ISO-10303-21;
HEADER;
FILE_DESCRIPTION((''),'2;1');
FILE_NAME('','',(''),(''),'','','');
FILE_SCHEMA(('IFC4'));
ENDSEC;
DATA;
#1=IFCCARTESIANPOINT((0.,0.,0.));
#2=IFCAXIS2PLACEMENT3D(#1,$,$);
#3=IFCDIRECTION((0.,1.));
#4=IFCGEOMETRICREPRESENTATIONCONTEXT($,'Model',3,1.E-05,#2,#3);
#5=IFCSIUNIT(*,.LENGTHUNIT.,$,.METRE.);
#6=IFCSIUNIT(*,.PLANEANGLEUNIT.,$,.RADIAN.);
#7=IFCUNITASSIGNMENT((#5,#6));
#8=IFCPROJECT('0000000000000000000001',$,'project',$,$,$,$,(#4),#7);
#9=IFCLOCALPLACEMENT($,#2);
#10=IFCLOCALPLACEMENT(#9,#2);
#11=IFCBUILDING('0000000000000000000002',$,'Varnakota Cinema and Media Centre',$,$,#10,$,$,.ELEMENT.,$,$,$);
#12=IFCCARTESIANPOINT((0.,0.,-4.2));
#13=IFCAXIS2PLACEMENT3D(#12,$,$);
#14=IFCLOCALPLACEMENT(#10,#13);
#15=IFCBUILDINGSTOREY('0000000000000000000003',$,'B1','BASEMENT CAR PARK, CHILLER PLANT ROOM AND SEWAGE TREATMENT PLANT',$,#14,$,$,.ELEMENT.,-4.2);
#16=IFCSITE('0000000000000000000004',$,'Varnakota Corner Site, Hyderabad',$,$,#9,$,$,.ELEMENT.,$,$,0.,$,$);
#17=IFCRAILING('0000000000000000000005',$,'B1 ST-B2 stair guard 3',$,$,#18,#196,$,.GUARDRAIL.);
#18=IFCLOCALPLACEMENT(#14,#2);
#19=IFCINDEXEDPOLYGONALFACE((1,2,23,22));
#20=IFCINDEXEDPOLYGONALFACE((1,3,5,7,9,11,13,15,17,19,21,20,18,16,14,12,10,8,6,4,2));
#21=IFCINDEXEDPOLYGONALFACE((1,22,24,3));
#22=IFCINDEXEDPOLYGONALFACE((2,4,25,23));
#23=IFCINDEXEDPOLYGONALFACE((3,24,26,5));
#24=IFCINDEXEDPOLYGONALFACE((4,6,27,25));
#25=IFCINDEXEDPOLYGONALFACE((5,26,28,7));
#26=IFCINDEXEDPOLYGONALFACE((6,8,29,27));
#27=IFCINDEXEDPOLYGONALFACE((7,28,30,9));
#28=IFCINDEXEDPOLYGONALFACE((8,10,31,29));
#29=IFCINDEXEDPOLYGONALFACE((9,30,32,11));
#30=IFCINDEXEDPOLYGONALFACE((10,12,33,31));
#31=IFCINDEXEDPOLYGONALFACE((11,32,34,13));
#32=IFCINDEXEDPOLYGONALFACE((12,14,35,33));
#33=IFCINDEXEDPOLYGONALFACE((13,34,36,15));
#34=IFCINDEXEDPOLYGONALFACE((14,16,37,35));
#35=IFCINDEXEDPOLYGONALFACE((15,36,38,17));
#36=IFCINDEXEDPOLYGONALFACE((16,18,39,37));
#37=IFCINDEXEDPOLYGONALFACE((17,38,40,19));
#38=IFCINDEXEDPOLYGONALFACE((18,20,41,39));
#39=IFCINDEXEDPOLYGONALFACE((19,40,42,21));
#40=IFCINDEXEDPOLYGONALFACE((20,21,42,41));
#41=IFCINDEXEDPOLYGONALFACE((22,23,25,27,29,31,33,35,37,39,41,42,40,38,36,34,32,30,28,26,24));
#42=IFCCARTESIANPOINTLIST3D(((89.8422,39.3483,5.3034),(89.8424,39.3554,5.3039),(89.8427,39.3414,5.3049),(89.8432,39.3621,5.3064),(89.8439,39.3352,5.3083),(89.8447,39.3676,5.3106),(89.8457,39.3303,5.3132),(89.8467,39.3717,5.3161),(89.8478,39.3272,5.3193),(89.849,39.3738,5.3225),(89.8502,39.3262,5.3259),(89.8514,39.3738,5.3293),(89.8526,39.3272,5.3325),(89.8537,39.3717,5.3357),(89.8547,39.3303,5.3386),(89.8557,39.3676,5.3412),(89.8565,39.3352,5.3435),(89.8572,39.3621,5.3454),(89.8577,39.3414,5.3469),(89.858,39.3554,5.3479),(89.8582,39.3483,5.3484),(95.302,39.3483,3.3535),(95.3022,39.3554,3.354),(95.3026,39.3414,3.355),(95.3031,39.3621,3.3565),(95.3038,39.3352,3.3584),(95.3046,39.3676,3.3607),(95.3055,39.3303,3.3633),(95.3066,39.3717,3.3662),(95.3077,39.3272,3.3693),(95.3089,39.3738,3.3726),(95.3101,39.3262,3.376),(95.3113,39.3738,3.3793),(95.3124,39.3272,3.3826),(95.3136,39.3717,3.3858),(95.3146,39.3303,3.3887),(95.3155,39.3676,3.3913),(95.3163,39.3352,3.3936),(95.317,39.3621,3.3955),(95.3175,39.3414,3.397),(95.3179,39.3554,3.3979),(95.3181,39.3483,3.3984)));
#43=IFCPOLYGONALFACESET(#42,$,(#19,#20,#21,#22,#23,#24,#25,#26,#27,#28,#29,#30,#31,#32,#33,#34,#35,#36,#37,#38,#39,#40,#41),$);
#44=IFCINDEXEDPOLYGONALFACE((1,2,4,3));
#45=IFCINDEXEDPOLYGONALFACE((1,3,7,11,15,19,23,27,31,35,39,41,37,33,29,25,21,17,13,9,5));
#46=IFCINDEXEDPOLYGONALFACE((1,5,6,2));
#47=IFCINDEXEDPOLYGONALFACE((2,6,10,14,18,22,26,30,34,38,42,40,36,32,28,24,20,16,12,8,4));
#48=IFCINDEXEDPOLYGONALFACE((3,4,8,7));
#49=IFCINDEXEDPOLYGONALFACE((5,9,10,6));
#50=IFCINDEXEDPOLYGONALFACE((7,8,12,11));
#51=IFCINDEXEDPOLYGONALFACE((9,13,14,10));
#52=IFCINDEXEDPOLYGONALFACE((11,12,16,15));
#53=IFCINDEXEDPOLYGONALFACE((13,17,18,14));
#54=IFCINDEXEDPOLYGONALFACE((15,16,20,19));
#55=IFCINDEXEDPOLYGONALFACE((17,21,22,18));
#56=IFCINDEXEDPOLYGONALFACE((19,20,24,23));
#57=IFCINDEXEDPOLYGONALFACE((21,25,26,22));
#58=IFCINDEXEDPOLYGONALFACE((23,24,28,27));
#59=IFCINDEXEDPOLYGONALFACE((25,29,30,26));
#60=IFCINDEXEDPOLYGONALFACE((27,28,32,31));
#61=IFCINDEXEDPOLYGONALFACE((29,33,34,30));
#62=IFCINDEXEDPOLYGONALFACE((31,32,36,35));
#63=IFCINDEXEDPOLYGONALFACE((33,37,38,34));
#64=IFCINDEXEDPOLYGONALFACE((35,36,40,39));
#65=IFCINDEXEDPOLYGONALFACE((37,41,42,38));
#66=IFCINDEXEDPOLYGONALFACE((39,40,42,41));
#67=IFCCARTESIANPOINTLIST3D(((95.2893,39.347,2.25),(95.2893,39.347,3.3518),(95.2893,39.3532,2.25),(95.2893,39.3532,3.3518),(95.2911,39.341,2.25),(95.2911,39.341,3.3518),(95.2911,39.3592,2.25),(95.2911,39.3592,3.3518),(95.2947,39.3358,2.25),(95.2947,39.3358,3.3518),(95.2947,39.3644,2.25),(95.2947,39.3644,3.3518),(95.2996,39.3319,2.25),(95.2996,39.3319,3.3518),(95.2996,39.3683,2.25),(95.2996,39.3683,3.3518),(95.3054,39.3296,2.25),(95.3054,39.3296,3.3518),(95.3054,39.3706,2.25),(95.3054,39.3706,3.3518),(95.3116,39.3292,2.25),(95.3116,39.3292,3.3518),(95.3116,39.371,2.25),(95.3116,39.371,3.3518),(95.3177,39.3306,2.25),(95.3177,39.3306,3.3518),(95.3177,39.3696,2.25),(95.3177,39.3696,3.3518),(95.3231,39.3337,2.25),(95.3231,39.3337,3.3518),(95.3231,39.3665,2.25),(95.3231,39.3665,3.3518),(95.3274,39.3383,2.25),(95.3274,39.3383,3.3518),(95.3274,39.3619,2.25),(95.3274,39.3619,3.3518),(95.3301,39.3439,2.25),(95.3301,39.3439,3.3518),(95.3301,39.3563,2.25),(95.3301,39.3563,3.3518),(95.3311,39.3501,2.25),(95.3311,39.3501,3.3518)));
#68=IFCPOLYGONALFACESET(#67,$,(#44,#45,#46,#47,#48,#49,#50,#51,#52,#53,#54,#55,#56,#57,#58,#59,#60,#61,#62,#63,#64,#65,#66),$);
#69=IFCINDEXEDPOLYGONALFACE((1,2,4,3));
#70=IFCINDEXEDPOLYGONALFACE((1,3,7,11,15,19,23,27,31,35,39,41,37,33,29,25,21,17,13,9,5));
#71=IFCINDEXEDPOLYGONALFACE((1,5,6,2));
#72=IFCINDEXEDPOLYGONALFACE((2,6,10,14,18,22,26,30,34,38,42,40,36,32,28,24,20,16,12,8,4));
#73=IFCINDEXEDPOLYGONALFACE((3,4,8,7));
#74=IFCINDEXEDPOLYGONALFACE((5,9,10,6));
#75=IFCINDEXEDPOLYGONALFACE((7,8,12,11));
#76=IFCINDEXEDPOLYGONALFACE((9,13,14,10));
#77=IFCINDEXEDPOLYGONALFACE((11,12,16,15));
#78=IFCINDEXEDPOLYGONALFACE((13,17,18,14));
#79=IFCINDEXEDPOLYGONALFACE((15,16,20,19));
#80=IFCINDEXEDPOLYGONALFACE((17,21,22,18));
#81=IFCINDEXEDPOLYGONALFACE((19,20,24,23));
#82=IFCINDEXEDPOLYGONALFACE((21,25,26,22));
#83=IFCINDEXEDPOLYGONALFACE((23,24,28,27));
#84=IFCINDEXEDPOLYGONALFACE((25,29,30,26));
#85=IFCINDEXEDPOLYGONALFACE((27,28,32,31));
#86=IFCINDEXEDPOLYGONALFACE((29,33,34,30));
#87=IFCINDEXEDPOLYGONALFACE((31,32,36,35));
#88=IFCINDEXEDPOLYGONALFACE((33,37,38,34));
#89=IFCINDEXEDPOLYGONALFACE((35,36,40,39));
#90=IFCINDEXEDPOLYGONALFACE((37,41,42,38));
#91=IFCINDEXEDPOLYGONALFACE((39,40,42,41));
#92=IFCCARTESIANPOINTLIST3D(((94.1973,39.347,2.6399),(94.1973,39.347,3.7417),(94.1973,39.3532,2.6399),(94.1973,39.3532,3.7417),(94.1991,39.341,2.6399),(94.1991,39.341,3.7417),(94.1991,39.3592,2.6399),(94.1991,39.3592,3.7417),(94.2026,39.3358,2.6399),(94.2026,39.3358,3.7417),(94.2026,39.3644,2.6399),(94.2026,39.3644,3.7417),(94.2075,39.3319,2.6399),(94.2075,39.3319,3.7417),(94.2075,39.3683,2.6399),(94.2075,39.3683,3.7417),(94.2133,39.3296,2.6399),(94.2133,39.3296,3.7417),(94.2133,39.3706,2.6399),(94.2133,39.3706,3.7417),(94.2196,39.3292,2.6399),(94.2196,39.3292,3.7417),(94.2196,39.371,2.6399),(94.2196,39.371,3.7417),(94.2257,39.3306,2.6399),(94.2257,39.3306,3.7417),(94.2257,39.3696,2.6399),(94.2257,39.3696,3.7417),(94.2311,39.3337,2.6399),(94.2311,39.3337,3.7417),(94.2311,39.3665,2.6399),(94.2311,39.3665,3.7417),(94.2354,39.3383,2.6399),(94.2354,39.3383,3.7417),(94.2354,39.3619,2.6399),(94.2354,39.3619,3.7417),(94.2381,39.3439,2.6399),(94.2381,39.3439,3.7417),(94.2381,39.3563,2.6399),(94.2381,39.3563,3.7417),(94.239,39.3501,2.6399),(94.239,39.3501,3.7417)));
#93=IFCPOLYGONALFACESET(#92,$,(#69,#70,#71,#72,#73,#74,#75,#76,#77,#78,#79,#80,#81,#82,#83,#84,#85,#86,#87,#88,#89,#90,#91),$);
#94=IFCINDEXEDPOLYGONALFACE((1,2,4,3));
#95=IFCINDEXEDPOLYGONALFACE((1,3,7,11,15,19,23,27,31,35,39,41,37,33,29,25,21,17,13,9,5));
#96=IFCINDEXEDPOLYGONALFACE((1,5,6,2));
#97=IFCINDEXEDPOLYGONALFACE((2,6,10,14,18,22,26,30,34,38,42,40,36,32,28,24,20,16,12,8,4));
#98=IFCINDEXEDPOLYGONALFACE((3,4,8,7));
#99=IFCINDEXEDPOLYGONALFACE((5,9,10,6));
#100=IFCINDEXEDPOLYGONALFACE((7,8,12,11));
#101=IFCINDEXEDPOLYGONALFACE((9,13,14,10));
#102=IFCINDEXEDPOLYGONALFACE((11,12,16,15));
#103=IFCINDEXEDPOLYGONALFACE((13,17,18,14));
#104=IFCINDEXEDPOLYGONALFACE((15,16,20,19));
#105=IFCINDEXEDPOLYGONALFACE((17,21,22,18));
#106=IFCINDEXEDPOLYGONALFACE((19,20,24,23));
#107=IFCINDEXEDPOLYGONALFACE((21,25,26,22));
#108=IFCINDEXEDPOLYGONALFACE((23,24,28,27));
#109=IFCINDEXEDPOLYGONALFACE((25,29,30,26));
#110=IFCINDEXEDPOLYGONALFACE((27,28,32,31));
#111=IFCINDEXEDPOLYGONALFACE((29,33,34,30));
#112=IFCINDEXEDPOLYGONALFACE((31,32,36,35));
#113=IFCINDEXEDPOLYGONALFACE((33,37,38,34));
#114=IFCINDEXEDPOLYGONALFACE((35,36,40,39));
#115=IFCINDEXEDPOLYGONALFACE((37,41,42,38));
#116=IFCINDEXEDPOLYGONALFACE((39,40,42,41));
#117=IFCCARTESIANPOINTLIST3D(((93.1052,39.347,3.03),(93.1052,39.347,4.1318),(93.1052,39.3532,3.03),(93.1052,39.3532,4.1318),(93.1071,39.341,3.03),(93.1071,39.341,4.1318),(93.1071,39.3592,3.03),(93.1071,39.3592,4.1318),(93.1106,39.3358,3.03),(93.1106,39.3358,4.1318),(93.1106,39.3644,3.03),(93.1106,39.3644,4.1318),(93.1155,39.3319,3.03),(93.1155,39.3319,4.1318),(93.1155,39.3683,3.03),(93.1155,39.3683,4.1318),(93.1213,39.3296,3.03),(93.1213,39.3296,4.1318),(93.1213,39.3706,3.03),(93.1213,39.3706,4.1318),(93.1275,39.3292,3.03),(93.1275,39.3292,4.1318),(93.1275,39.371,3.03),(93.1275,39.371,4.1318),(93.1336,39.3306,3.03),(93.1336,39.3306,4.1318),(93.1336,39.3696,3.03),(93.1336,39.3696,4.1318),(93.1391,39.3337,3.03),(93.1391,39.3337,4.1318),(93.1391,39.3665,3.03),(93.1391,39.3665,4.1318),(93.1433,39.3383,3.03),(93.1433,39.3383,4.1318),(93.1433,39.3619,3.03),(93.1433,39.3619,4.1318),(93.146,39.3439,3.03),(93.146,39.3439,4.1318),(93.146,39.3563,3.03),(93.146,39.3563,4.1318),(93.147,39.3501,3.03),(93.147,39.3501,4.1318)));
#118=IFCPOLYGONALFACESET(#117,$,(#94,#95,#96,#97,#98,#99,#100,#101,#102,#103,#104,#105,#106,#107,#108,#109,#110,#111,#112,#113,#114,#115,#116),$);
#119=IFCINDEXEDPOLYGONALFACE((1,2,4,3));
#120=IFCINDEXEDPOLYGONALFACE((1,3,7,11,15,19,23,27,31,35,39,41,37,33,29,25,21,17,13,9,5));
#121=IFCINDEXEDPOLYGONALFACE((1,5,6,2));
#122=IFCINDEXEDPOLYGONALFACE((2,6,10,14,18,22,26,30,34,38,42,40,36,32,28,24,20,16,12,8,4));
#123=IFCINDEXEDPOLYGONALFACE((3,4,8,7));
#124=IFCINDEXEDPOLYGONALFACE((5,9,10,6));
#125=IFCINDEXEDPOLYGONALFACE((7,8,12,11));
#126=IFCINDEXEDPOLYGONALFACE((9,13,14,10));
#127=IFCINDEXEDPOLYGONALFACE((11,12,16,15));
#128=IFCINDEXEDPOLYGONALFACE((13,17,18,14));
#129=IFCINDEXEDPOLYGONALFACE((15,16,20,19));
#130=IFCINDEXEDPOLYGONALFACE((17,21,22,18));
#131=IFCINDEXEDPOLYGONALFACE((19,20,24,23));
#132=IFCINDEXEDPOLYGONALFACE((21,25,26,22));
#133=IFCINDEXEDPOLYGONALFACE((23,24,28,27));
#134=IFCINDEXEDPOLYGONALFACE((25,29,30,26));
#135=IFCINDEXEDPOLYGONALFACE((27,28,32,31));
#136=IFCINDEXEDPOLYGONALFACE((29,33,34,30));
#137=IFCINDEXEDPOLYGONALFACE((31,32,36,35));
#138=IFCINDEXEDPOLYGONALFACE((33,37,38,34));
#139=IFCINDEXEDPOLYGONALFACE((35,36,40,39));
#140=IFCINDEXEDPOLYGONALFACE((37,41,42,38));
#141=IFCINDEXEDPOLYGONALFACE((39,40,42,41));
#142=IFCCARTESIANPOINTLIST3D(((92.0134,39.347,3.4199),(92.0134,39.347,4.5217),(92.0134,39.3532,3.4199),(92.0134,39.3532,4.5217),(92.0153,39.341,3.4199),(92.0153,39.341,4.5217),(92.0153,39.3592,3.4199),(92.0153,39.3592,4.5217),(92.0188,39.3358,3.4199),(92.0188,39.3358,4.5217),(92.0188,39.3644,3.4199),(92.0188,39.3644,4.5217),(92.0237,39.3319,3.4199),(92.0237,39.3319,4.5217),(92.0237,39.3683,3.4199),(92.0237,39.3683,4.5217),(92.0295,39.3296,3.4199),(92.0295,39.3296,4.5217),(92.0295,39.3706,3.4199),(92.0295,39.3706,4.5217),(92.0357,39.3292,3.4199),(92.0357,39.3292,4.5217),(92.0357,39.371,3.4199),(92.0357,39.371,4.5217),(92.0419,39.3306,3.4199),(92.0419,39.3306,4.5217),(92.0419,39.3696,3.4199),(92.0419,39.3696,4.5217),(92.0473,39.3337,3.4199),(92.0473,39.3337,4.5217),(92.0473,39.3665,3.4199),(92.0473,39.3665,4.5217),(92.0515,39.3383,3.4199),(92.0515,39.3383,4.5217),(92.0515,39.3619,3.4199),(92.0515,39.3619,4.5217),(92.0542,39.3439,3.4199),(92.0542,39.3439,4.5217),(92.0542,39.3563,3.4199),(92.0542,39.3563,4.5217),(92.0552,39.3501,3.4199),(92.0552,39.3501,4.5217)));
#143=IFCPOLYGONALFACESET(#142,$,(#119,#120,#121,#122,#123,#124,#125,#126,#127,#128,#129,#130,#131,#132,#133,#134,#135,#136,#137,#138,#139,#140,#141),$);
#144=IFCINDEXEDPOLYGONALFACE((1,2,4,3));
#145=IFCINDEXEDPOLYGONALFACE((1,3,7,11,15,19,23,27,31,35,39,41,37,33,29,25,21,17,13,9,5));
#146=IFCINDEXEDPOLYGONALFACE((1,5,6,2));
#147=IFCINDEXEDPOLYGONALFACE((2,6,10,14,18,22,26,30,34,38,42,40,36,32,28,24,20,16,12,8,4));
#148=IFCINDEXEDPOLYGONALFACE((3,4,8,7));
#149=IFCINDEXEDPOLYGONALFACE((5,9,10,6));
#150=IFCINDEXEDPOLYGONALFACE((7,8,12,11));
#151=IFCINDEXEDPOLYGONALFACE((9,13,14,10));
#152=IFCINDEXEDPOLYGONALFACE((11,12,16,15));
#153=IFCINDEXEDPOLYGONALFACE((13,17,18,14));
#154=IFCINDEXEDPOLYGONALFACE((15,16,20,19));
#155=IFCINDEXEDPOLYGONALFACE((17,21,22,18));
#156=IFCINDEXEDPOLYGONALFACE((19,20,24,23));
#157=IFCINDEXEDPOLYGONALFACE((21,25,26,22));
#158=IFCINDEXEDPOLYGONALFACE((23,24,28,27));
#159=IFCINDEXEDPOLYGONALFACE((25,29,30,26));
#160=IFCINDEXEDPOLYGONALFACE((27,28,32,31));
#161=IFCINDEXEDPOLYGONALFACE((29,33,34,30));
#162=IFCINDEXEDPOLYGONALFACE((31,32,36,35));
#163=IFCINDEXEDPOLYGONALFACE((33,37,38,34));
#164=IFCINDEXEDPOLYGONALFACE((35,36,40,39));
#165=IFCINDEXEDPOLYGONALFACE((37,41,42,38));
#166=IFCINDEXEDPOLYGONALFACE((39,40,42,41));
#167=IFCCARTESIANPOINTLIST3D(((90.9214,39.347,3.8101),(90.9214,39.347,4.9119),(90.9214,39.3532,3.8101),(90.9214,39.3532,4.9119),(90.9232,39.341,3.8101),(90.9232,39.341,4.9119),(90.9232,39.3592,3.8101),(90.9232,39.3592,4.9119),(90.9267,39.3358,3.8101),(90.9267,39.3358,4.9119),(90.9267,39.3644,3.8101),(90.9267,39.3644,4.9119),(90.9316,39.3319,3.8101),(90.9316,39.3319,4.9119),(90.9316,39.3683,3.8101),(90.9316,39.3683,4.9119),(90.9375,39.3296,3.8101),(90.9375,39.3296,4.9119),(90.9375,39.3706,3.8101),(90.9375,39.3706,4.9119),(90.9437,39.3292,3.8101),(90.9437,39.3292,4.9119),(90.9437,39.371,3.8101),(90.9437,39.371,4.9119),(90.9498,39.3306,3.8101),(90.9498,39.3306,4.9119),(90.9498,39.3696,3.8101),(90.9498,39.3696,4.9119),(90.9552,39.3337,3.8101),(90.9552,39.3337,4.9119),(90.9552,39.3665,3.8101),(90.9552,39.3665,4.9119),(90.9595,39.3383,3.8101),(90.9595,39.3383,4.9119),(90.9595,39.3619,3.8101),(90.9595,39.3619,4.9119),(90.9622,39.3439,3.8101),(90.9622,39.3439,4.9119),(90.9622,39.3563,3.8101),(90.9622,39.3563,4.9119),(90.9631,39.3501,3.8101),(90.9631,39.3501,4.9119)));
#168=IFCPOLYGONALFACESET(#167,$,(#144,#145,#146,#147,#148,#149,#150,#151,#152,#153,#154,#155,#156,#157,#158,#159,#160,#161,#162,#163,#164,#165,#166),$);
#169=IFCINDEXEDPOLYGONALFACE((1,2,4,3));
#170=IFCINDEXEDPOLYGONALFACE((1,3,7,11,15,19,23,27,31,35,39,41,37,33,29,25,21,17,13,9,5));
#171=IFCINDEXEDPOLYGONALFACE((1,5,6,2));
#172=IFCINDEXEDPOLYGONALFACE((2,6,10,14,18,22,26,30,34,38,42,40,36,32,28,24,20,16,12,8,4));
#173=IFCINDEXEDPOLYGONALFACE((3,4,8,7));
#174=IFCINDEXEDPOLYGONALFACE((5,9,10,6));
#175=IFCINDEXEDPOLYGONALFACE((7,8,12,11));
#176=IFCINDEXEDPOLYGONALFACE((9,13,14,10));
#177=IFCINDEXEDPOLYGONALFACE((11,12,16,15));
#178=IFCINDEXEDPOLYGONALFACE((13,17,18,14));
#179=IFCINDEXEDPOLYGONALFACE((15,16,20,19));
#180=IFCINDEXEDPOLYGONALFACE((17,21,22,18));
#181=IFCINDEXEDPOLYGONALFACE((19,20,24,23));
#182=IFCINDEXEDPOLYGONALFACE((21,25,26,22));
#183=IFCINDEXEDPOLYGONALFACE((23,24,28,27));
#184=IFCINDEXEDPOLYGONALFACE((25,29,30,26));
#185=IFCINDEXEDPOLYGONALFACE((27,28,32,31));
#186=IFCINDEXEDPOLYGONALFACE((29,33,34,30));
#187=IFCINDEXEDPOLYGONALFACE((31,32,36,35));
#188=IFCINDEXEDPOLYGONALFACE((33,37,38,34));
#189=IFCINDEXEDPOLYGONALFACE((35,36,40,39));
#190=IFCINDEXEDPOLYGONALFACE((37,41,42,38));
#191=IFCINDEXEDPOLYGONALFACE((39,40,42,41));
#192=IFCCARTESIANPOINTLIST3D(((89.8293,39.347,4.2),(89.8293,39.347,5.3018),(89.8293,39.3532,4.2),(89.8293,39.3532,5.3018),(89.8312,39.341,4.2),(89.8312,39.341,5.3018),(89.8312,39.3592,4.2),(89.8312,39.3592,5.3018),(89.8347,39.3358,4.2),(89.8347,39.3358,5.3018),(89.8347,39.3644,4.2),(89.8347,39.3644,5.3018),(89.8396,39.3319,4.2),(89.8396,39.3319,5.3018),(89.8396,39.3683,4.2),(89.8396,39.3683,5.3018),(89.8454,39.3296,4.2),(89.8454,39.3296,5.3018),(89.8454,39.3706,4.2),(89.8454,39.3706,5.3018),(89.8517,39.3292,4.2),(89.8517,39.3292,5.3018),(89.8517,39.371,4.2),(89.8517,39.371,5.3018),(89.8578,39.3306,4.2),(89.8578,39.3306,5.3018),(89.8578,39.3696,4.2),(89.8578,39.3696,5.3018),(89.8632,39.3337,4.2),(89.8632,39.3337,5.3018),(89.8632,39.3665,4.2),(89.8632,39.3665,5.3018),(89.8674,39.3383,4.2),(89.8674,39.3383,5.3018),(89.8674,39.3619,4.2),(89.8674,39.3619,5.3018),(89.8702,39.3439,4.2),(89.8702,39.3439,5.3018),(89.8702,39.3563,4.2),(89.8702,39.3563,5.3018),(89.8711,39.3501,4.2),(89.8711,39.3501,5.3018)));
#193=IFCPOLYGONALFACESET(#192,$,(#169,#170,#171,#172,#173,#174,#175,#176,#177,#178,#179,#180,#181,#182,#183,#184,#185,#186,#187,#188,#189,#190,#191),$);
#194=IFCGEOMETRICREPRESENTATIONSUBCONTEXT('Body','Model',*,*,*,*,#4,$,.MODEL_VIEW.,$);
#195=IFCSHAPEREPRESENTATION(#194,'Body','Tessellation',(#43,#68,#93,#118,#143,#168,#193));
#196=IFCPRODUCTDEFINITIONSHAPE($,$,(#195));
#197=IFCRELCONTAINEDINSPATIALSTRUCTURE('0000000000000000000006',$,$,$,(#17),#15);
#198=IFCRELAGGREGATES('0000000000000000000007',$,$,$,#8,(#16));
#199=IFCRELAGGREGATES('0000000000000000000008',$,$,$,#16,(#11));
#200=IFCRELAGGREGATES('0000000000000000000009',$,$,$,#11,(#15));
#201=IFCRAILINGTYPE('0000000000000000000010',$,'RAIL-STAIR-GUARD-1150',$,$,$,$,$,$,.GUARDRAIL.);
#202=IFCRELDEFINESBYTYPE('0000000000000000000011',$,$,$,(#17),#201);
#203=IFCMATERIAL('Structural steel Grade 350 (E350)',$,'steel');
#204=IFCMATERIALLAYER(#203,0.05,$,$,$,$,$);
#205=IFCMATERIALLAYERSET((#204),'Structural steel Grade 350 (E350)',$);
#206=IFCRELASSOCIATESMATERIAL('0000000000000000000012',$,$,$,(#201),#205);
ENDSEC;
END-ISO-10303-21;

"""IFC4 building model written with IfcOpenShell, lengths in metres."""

from ifc_helpers import new_model, si_unit, direction, frame, origin, origin_2d, place, context, subcontext, project, spatial, circle, extrude, material, layer, layer_set, type_object, element, save


model = new_model("IFC4")

# Units and contexts
model_context = context("Model", 3, precision=1e-05, world=origin(), true_north=direction((0.0, 1.0)))
body_context = subcontext(model_context, "Body", "Model", "MODEL_VIEW")
ifc_project = project(units=[si_unit("LENGTHUNIT", "METRE"), si_unit("PLANEANGLEUNIT", "RADIAN")], contexts=[model_context])

# Site, building, storey
site_placement = place(None, origin())
site = spatial("IfcSite", under=ifc_project, at=site_placement, Name="Varnakota Corner Site, Hyderabad", CompositionType="ELEMENT", RefElevation=0.0)
building_placement = place(site_placement, origin())
building = spatial("IfcBuilding", under=site, at=building_placement, Name="Varnakota Cinema and Media Centre", CompositionType="ELEMENT")
storey_placement = place(building_placement, frame((0.0, 0.0, -4.2)))
storey = spatial("IfcBuildingStorey", under=building, at=storey_placement, Name="B1", Description="BASEMENT CAR PARK, CHILLER PLANT ROOM AND SEWAGE TREATMENT PLANT", CompositionType="ELEMENT", Elevation=-4.2)

# Railing
ifc_material_1 = material(Name="Structural steel Grade 350 (E350)", Category="steel")
ifc_layer_1 = layer(ifc_material_1, 0.05)
ifc_layer_set_1 = layer_set([ifc_layer_1], Name="Structural steel Grade 350 (E350)")
railing_type_1 = type_object("IfcRailingType", Name="RAIL-STAIR-GUARD-1150", PredefinedType="GUARDRAIL", material=ifc_layer_set_1)
railing_1_placement = place(storey_placement, frame((95.3101, 39.3501, 2.25)))
element("IfcRailing", 1, at=railing_1_placement, inside=storey, type_object=railing_type_1, Name="B1 ST-B2 stair guard 3", PredefinedType="GUARDRAIL", context=body_context, shape_type="SweptSolid", body=[
    extrude(circle(Radius=0.0239, at=origin_2d()), frame((0.0, 0.0, 1.126), z_axis=(-0.941744, 0.0, 0.336331), x_axis=(0.0, -1.0, 0.0)), (0.0, 0.0, 1.0), 5.7976),
    extrude(circle(Radius=0.021, at=origin_2d()), origin(), (0.0, 0.0, 1.0), 1.1018),
    extrude(circle(Radius=0.021, at=origin_2d()), frame((-1.092, 0.0, 0.3899)), (0.0, 0.0, 1.0), 1.1018),
    extrude(circle(Radius=0.021, at=origin_2d()), frame((-2.1841, 0.0, 0.78)), (0.0, 0.0, 1.0), 1.1018),
    extrude(circle(Radius=0.021, at=origin_2d()), frame((-3.2759, 0.0, 1.1699)), (0.0, 0.0, 1.0), 1.1018),
    extrude(circle(Radius=0.021, at=origin_2d()), frame((-4.3679, 0.0, 1.5601)), (0.0, 0.0, 1.0), 1.1018),
    extrude(circle(Radius=0.021, at=origin_2d()), frame((-5.46, 0.0, 1.95)), (0.0, 0.0, 1.0), 1.1018),
])

save(model, "model.ifc")
